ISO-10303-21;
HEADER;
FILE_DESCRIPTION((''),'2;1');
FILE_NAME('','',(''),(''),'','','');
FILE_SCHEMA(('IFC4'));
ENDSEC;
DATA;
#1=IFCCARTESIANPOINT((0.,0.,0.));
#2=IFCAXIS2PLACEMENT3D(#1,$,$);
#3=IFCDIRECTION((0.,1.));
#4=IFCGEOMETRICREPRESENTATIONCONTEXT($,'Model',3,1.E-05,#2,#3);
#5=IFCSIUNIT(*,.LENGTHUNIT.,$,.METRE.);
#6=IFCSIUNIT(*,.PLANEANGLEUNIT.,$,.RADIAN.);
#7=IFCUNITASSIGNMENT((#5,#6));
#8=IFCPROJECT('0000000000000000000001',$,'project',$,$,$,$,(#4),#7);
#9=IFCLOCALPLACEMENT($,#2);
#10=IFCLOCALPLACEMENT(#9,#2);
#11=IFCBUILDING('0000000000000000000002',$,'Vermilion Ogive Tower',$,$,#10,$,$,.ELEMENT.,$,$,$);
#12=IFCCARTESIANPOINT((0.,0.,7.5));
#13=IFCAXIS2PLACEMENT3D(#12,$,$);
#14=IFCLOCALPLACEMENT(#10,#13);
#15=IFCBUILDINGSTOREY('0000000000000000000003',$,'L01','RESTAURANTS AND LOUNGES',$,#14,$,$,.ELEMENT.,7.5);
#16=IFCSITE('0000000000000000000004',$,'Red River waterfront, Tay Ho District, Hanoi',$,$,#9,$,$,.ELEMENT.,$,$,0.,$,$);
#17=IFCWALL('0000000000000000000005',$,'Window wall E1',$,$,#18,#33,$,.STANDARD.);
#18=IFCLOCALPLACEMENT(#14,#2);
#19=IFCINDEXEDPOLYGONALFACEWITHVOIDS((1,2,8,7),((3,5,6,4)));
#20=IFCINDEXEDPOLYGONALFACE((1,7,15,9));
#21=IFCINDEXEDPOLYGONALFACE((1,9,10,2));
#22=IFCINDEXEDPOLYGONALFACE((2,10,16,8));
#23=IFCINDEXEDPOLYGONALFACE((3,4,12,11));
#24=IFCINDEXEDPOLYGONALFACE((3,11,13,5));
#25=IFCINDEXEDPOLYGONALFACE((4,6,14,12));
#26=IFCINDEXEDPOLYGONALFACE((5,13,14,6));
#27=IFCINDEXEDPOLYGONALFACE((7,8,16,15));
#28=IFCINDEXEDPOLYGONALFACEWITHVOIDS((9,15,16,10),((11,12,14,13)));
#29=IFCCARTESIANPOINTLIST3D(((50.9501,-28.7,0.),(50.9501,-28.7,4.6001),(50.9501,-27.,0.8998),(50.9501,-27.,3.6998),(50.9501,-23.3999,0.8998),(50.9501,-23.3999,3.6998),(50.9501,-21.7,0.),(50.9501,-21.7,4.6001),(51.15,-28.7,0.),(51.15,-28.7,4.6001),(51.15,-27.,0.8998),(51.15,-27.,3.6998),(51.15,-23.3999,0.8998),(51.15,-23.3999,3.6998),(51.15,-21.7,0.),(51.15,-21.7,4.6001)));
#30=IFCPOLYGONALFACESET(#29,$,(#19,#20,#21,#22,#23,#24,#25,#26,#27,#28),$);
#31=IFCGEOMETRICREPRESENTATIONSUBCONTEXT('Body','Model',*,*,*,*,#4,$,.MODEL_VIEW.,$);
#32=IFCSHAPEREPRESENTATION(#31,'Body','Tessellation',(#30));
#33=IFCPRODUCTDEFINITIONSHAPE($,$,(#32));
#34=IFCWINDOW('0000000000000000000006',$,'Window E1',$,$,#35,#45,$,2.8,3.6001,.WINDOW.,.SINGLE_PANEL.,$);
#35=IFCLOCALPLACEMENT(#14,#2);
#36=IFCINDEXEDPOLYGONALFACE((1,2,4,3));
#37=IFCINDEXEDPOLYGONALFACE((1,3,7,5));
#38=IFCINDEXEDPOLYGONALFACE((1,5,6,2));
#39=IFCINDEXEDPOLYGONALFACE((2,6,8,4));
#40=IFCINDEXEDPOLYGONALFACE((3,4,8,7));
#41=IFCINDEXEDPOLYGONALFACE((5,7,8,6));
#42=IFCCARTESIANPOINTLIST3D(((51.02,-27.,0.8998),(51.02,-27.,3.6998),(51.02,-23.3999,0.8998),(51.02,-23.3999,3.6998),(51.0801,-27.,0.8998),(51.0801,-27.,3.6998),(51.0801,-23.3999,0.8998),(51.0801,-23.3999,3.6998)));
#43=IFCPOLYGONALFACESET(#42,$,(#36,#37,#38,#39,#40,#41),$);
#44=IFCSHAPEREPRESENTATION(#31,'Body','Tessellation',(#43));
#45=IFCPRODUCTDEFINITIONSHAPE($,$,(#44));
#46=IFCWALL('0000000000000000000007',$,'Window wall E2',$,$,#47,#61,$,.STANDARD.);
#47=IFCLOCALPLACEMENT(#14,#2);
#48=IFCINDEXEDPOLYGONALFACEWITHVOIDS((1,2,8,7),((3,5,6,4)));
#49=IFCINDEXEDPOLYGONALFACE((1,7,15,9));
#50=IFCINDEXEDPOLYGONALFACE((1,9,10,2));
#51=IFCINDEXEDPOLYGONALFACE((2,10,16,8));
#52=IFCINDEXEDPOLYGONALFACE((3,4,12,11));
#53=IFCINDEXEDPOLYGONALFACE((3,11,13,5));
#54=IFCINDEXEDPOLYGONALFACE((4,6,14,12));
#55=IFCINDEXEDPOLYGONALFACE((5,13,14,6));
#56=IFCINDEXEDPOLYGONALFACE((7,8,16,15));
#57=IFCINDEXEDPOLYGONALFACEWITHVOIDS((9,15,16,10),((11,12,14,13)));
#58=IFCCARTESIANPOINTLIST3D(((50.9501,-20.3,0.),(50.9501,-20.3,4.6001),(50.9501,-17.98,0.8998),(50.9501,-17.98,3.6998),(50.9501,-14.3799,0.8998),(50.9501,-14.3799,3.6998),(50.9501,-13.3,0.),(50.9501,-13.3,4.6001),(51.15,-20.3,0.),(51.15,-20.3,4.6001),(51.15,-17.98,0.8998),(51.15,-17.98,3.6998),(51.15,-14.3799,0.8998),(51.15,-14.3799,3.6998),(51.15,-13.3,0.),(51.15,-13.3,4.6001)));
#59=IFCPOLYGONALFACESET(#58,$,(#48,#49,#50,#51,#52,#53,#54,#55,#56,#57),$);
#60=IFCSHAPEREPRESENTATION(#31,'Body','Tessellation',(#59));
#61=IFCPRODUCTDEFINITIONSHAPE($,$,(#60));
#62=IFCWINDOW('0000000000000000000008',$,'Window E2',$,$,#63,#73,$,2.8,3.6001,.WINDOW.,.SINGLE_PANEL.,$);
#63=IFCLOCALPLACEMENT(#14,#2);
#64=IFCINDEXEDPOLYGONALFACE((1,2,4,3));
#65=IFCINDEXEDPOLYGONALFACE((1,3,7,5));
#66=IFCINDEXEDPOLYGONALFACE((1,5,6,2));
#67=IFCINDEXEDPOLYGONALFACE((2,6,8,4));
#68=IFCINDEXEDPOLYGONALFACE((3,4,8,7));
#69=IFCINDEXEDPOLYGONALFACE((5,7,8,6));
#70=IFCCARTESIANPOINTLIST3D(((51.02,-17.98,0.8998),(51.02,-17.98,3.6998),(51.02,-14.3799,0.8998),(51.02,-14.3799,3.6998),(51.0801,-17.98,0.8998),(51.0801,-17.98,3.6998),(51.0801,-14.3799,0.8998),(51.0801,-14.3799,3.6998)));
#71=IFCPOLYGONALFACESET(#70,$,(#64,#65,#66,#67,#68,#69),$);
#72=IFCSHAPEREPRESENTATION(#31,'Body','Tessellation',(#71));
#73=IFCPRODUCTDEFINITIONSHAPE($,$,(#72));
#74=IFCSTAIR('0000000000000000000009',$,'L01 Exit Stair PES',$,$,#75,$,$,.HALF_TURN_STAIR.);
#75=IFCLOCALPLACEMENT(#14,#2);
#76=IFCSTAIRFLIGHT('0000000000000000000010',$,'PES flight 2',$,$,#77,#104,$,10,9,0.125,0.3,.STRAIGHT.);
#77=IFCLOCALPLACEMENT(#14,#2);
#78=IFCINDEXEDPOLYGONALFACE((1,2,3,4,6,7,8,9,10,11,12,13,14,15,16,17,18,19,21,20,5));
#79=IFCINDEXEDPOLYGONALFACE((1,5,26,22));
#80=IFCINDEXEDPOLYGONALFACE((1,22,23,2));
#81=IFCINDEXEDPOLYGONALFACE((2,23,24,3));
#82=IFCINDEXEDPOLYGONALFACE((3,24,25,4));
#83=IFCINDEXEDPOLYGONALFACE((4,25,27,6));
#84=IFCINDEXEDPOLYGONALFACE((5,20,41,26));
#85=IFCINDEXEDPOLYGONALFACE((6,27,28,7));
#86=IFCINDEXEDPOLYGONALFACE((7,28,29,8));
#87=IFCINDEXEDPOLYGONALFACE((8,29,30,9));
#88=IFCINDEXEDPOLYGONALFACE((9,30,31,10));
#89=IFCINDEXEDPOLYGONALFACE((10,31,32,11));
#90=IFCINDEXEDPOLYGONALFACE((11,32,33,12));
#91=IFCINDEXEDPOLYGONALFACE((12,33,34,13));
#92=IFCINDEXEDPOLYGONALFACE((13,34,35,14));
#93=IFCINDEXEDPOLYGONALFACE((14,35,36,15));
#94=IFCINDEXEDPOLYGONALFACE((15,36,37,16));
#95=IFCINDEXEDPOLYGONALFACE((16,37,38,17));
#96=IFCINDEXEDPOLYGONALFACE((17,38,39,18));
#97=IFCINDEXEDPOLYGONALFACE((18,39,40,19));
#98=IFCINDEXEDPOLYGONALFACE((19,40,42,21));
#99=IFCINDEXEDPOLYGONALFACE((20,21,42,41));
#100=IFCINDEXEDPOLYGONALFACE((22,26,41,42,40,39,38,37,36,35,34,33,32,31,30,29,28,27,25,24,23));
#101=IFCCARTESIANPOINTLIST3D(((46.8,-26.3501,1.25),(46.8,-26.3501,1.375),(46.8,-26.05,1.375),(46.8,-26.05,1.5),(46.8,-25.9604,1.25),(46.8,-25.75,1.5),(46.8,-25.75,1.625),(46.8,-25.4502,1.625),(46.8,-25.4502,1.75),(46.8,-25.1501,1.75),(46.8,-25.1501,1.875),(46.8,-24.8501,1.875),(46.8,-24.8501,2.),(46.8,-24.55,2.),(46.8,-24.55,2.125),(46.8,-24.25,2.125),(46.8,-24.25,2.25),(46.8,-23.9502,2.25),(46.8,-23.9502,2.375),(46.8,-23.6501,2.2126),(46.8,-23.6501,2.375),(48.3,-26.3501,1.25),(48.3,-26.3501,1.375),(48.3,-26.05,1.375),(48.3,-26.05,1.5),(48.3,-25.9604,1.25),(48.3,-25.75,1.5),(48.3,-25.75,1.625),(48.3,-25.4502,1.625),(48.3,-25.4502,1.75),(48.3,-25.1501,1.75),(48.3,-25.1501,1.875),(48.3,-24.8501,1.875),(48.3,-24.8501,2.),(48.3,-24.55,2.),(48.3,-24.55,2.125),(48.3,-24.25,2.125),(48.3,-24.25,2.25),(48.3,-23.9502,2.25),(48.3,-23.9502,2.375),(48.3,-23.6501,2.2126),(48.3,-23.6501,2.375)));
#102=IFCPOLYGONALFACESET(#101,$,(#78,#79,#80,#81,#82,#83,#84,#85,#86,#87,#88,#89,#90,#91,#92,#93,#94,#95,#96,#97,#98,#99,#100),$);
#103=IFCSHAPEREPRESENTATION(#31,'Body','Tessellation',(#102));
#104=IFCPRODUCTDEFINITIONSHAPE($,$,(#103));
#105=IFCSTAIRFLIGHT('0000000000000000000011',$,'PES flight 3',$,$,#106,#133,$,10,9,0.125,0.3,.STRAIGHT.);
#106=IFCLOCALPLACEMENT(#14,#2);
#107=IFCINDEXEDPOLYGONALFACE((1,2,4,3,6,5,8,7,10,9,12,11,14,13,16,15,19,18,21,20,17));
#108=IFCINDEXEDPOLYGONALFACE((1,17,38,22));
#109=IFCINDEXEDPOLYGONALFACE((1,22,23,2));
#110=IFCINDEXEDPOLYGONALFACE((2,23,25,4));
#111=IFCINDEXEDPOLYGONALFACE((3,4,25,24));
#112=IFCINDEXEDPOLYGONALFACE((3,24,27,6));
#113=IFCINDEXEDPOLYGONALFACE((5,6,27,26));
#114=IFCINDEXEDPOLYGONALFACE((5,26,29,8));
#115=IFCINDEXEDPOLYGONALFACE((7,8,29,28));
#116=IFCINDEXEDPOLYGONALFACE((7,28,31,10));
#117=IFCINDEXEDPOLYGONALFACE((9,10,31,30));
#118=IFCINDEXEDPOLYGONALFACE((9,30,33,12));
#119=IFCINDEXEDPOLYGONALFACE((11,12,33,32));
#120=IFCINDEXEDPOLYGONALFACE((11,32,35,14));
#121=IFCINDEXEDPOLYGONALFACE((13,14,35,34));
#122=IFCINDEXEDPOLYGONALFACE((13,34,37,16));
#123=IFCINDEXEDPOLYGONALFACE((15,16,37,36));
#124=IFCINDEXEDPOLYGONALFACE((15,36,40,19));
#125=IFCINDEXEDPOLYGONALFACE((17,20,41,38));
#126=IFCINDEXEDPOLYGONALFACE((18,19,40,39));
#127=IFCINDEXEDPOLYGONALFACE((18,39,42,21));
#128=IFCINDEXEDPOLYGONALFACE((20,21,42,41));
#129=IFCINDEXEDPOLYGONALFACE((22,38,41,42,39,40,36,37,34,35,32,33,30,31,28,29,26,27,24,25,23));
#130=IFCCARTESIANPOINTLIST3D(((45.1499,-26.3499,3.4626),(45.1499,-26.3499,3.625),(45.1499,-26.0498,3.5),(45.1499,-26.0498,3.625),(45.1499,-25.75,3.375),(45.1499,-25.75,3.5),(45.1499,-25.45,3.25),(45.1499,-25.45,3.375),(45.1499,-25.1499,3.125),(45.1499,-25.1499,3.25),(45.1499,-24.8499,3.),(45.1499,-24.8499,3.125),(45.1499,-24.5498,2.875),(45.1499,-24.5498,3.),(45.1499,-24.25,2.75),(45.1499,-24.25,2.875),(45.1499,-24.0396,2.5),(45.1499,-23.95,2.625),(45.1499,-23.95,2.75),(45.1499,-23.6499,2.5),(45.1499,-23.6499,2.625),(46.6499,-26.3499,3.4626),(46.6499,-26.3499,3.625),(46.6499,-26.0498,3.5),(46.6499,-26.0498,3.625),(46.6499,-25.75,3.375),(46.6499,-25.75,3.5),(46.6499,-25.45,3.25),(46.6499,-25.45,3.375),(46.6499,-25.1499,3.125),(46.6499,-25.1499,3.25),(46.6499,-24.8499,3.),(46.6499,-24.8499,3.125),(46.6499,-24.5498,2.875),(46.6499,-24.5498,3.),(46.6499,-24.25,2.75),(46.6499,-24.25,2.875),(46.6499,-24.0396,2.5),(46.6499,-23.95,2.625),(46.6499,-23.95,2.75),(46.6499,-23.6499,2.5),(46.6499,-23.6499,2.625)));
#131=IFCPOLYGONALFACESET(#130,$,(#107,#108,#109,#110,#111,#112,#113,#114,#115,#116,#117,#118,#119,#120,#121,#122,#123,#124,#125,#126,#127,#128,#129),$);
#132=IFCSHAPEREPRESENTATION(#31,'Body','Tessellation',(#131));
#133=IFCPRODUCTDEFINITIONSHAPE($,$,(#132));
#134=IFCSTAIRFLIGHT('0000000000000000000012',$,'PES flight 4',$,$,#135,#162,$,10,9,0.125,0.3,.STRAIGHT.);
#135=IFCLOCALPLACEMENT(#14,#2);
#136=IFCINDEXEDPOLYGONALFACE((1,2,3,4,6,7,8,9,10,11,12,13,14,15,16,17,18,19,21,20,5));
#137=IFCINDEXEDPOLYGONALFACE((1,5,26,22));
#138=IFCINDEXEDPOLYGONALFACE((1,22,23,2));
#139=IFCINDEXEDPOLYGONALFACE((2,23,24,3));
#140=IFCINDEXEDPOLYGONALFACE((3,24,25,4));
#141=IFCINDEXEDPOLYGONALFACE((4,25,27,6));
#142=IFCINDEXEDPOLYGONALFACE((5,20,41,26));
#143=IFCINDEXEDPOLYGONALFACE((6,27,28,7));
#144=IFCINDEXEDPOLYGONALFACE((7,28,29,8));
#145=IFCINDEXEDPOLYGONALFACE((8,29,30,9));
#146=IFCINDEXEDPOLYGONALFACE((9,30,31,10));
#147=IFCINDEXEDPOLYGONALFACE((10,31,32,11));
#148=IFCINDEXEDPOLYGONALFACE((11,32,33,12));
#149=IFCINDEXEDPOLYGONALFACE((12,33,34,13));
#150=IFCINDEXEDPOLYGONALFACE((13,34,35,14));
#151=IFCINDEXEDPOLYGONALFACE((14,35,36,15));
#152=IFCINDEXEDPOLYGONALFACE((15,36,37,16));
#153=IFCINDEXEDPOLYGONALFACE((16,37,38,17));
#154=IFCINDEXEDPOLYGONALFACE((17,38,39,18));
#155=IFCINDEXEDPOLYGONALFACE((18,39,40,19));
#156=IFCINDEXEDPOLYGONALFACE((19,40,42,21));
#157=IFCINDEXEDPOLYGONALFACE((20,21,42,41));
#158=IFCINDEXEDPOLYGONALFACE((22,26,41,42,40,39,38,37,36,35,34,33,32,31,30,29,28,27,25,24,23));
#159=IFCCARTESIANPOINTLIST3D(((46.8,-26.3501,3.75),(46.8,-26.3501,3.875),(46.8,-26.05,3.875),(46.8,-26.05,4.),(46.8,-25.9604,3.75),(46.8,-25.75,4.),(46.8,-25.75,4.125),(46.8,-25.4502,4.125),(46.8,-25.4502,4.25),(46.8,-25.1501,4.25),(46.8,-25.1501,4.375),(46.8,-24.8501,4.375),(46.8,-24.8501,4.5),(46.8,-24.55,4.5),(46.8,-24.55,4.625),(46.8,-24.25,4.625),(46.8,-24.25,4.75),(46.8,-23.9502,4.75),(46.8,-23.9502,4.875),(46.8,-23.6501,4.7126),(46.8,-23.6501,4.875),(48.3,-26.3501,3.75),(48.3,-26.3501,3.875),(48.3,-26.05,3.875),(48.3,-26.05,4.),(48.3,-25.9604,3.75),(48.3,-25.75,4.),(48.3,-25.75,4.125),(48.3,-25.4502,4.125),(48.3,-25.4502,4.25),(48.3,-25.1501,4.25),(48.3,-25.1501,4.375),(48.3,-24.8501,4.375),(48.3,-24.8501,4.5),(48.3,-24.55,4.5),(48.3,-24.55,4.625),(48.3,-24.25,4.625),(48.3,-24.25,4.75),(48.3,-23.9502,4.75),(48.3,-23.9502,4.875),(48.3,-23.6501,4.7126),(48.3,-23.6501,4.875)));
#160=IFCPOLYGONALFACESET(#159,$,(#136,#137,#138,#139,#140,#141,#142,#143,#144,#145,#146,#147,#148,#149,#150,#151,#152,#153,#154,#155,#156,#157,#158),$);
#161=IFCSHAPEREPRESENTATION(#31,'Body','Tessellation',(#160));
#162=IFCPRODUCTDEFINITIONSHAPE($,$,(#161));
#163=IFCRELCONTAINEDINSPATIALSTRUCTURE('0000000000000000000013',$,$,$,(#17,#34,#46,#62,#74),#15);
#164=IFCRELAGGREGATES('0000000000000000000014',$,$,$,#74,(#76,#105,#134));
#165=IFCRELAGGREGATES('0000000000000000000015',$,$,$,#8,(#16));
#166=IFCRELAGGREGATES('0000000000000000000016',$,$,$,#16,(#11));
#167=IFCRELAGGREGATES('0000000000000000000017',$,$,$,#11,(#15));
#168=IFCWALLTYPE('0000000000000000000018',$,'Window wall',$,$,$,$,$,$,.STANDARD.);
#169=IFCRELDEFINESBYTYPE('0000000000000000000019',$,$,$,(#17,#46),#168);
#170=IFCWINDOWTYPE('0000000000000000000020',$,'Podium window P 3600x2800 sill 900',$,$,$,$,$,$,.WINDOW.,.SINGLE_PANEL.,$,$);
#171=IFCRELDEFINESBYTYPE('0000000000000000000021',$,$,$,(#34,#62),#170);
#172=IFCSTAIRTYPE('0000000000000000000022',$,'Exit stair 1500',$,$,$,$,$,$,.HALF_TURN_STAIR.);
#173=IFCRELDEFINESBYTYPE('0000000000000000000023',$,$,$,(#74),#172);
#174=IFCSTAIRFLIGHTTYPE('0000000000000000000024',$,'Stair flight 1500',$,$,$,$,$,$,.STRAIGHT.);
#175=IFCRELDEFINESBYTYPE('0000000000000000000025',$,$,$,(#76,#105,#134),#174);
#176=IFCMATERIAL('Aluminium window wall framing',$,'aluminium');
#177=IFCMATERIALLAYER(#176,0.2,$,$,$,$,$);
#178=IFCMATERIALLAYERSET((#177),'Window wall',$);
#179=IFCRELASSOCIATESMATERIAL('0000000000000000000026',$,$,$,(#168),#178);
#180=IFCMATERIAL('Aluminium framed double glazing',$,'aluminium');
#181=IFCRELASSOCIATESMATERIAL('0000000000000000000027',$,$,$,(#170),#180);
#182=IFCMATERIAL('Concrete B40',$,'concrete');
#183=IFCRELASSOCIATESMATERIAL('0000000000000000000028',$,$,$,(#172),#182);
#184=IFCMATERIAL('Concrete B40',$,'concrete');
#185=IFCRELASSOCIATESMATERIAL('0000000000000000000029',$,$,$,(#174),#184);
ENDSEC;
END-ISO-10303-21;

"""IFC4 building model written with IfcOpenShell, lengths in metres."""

from ifc_helpers import new_model, si_unit, direction, frame, frame_2d, origin, place, context, subcontext, project, spatial, polyline, rectangle, outline, extrude, material, layer, layer_set, type_object, element, fill, aggregate, save


model = new_model("IFC4")

# Units and contexts
model_context = context("Model", 3, precision=1e-05, world=origin(), true_north=direction((0.0, 1.0)))
body_context = subcontext(model_context, "Body", "Model", "MODEL_VIEW")
ifc_project = project(units=[si_unit("LENGTHUNIT", "METRE"), si_unit("PLANEANGLEUNIT", "RADIAN")], contexts=[model_context])

# Site, building, storey
site_placement = place(None, origin())
site = spatial("IfcSite", under=ifc_project, at=site_placement, Name="Red River waterfront, Tay Ho District, Hanoi", CompositionType="ELEMENT", RefElevation=0.0)
building_placement = place(site_placement, origin())
building = spatial("IfcBuilding", under=site, at=building_placement, Name="Vermilion Ogive Tower", CompositionType="ELEMENT")
storey_placement = place(building_placement, frame((0.0, 0.0, 7.5)))
storey = spatial("IfcBuildingStorey", under=building, at=storey_placement, Name="L01", Description="RESTAURANTS AND LOUNGES", CompositionType="ELEMENT", Elevation=7.5)

# Walls, openings, windows
ifc_material_1 = material(Name="Aluminium window wall framing", Category="aluminium")
ifc_layer_1 = layer(ifc_material_1, 0.2)
ifc_layer_set_1 = layer_set([ifc_layer_1], Name="Window wall")
wall_type_1 = type_object("IfcWallType", Name="Window wall", PredefinedType="STANDARD", material=ifc_layer_set_1)
wall_1_placement = place(storey_placement, frame((51.05, -28.7, 0.0), z_axis=(0.0, 0.0, 1.0), x_axis=(0.0, 1.0, 0.0)))
wall_1 = element("IfcWall", 1, at=wall_1_placement, inside=storey, type_object=wall_type_1, Name="Window wall E1", PredefinedType="STANDARD", context=body_context, shape_type="SweptSolid", body=[
    extrude(rectangle(XDim=7.0, YDim=0.2, at=frame_2d((3.5, 0.0))), origin(), (0.0, 0.0, 1.0), 4.6001),
])
opening_1_placement = place(wall_1_placement, frame((1.7, 0.0, 0.8999)))
opening_1 = element("IfcOpeningElement", 2, at=opening_1_placement, cuts=wall_1, PredefinedType="OPENING", context=body_context, shape_type="SweptSolid", body=[
    extrude(rectangle(XDim=3.6001, YDim=2.8, at=frame_2d((1.8, 1.3999))), frame((0.0, 0.1099, 0.0), z_axis=(0.0, -1.0, 0.0), x_axis=(1.0, 0.0, 0.0)), (0.0, 0.0, 1.0), 0.22),
])
ifc_material_2 = material(Name="Aluminium framed double glazing", Category="aluminium")
window_type = type_object("IfcWindowType", Name="Podium window P 3600x2800 sill 900", PartitioningType="SINGLE_PANEL", PredefinedType="WINDOW", material=ifc_material_2)
window_1_placement = place(opening_1_placement, origin())
window_1 = element("IfcWindow", 3, at=window_1_placement, inside=storey, type_object=window_type, Name="Window E1", OverallHeight=2.8, OverallWidth=3.6001, PartitioningType="SINGLE_PANEL", PredefinedType="WINDOW", context=body_context, shape_type="SweptSolid", body=[
    extrude(rectangle(XDim=3.6001, YDim=2.8, at=frame_2d((1.8, 1.3999))), frame((0.0, 0.03, 0.0), z_axis=(0.0, -1.0, 0.0), x_axis=(1.0, 0.0, 0.0)), (0.0, 0.0, 1.0), 0.0601),
])
fill(opening_1, window_1)
wall_2_placement = place(storey_placement, frame((51.05, -20.3, 0.0), z_axis=(0.0, 0.0, 1.0), x_axis=(0.0, 1.0, 0.0)))
wall_2 = element("IfcWall", 4, at=wall_2_placement, inside=storey, type_object=wall_type_1, Name="Window wall E2", PredefinedType="STANDARD", context=body_context, shape_type="SweptSolid", body=[
    extrude(rectangle(XDim=7.0, YDim=0.2, at=frame_2d((3.5, 0.0))), origin(), (0.0, 0.0, 1.0), 4.6001),
])
opening_2_placement = place(wall_2_placement, frame((2.3201, 0.0, 0.8999)))
opening_2 = element("IfcOpeningElement", 5, at=opening_2_placement, cuts=wall_2, PredefinedType="OPENING", context=body_context, shape_type="SweptSolid", body=[
    extrude(rectangle(XDim=3.6001, YDim=2.8, at=frame_2d((1.8, 1.3999))), frame((0.0, 0.1099, 0.0), z_axis=(0.0, -1.0, 0.0), x_axis=(1.0, 0.0, 0.0)), (0.0, 0.0, 1.0), 0.22),
])
window_2_placement = place(opening_2_placement, origin())
window_2 = element("IfcWindow", 6, at=window_2_placement, inside=storey, type_object=window_type, Name="Window E2", OverallHeight=2.8, OverallWidth=3.6001, PartitioningType="SINGLE_PANEL", PredefinedType="WINDOW", context=body_context, shape_type="SweptSolid", body=[
    extrude(rectangle(XDim=3.6001, YDim=2.8, at=frame_2d((1.8, 1.3999))), frame((0.0, 0.03, 0.0), z_axis=(0.0, -1.0, 0.0), x_axis=(1.0, 0.0, 0.0)), (0.0, 0.0, 1.0), 0.0601),
])
fill(opening_2, window_2)

# Stair, stair flights
ifc_material_3 = material(Name="Concrete B40", Category="concrete")
stair_type = type_object("IfcStairType", Name="Exit stair 1500", PredefinedType="HALF_TURN_STAIR", material=ifc_material_3)
stair_placement = place(storey_placement, origin())
stair = element("IfcStair", 7, at=stair_placement, inside=storey, type_object=stair_type, Name="L01 Exit Stair PES", PredefinedType="HALF_TURN_STAIR")
ifc_material_4 = material(Name="Concrete B40", Category="concrete")
stair_flight_type = type_object("IfcStairFlightType", Name="Stair flight 1500", PredefinedType="STRAIGHT", material=ifc_material_4)
stair_flight_1_placement = place(storey_placement, frame((47.55, -26.3501, 1.25), z_axis=(0.0, 0.0, 1.0), x_axis=(0.0, 1.0, 0.0)))
stair_flight_1 = element("IfcStairFlight", 8, at=stair_flight_1_placement, type_object=stair_flight_type, Name="PES flight 2", NumberOfRisers=10, NumberOfTreads=9, PredefinedType="STRAIGHT", RiserHeight=0.125, TreadLength=0.3, context=body_context, shape_type="SweptSolid", body=[
    extrude(outline(polyline([(0.0, 0.0), (0.0, 0.125), (0.3, 0.125), (0.3, 0.25), (0.6001, 0.25), (0.6001, 0.375), (0.8999, 0.375), (0.8999, 0.5), (1.2, 0.5), (1.2, 0.625), (1.5, 0.625), (1.5, 0.75), (1.8, 0.75), (1.8, 0.875), (2.1001, 0.875), (2.1001, 1.0), (2.3999, 1.0), (2.3999, 1.125), (2.7, 1.125), (2.7, 1.25), (2.7, 0.9626), (0.3896, 0.0), (0.0, 0.0)])), frame((0.0, 0.75, 0.0), z_axis=(0.0, -1.0, 0.0), x_axis=(1.0, 0.0, 0.0)), (0.0, 0.0, 1.0), 1.5),
])
stair_flight_2_placement = place(storey_placement, frame((45.8999, -23.6499, 2.5), z_axis=(0.0, 0.0, 1.0), x_axis=(0.0, -1.0, 0.0)))
stair_flight_2 = element("IfcStairFlight", 9, at=stair_flight_2_placement, type_object=stair_flight_type, Name="PES flight 3", NumberOfRisers=10, NumberOfTreads=9, PredefinedType="STRAIGHT", RiserHeight=0.125, TreadLength=0.3, context=body_context, shape_type="SweptSolid", body=[
    extrude(outline(polyline([(0.0, 0.0), (0.0, 0.125), (0.3, 0.125), (0.3, 0.25), (0.6001, 0.25), (0.6001, 0.375), (0.8999, 0.375), (0.8999, 0.5), (1.2, 0.5), (1.2, 0.625), (1.5, 0.625), (1.5, 0.75), (1.8, 0.75), (1.8, 0.875), (2.1001, 0.875), (2.1001, 1.0), (2.3999, 1.0), (2.3999, 1.125), (2.7, 1.125), (2.7, 1.25), (2.7, 0.9626), (0.3896, 0.0), (0.0, 0.0)])), frame((0.0, 0.75, 0.0), z_axis=(0.0, -1.0, 0.0), x_axis=(1.0, 0.0, 0.0)), (0.0, 0.0, 1.0), 1.5),
])
stair_flight_3_placement = place(storey_placement, frame((47.55, -26.3501, 3.75), z_axis=(0.0, 0.0, 1.0), x_axis=(0.0, 1.0, 0.0)))
stair_flight_3 = element("IfcStairFlight", 10, at=stair_flight_3_placement, type_object=stair_flight_type, Name="PES flight 4", NumberOfRisers=10, NumberOfTreads=9, PredefinedType="STRAIGHT", RiserHeight=0.125, TreadLength=0.3, context=body_context, shape_type="SweptSolid", body=[
    extrude(outline(polyline([(0.0, 0.0), (0.0, 0.125), (0.3, 0.125), (0.3, 0.25), (0.6001, 0.25), (0.6001, 0.375), (0.8999, 0.375), (0.8999, 0.5), (1.2, 0.5), (1.2, 0.625), (1.5, 0.625), (1.5, 0.75), (1.8, 0.75), (1.8, 0.875), (2.1001, 0.875), (2.1001, 1.0), (2.3999, 1.0), (2.3999, 1.125), (2.7, 1.125), (2.7, 1.25), (2.7, 0.9626), (0.3896, 0.0), (0.0, 0.0)])), frame((0.0, 0.75, 0.0), z_axis=(0.0, -1.0, 0.0), x_axis=(1.0, 0.0, 0.0)), (0.0, 0.0, 1.0), 1.5),
])
aggregate(stair, [stair_flight_1, stair_flight_2, stair_flight_3])

save(model, "model.ifc")
